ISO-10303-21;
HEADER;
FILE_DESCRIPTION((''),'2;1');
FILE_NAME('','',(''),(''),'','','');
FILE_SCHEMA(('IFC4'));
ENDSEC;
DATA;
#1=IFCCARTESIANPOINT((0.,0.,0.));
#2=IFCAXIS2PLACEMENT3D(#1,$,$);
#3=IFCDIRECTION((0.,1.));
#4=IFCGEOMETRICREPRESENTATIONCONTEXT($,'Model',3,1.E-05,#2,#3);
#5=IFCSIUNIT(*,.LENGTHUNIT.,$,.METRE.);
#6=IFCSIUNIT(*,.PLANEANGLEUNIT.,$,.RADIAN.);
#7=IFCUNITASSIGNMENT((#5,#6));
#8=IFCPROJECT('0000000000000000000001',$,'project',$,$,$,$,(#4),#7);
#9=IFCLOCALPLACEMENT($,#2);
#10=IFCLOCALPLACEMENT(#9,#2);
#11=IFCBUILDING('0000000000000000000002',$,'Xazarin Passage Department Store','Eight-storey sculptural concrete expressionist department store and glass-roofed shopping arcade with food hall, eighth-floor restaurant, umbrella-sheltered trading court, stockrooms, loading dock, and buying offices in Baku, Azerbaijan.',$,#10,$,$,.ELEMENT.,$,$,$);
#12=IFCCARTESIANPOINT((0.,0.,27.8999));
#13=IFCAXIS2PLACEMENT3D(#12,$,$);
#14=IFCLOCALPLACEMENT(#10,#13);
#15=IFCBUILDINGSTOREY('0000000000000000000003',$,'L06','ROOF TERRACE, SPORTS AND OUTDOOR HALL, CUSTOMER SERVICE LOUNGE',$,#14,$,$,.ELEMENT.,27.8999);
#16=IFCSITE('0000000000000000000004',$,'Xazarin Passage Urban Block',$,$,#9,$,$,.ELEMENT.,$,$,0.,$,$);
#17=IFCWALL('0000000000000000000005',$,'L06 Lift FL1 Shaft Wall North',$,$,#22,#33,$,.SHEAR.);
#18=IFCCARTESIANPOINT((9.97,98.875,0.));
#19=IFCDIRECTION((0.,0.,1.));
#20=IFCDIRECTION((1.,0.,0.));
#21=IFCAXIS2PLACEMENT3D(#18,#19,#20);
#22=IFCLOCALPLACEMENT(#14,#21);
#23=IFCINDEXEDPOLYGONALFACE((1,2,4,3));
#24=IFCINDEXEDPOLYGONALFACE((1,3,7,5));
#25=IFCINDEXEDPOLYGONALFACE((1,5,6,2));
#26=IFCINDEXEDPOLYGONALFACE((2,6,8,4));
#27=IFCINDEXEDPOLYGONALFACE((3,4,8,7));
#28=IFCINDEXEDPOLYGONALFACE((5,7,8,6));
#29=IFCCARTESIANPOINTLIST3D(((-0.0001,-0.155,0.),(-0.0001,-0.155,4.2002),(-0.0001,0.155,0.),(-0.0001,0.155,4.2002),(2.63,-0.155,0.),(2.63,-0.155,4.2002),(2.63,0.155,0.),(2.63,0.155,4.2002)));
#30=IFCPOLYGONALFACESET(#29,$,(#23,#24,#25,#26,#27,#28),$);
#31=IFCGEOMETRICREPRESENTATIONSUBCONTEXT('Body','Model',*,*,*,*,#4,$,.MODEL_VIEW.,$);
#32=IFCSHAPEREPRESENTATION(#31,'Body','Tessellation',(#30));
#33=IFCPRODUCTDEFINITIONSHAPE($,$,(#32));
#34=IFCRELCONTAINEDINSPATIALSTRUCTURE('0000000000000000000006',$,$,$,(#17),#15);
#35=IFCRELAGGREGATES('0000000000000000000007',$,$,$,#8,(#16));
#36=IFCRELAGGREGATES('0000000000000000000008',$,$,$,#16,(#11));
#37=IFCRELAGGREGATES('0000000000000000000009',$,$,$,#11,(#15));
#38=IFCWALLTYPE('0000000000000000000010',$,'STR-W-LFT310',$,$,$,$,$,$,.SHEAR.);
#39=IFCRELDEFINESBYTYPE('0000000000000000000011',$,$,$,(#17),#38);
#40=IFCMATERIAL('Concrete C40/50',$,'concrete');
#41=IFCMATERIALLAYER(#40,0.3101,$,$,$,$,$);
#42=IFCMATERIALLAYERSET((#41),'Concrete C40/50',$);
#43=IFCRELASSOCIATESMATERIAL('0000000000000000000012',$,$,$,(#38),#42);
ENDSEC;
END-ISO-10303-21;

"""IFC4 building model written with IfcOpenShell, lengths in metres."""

from ifc_helpers import new_model, si_unit, direction, frame, frame_2d, origin, place, context, subcontext, project, spatial, rectangle, extrude, material, layer, layer_set, type_object, element, save


model = new_model("IFC4")

# Units and contexts
model_context = context("Model", 3, precision=1e-05, world=origin(), true_north=direction((0.0, 1.0)))
body_context = subcontext(model_context, "Body", "Model", "MODEL_VIEW")
ifc_project = project(units=[si_unit("LENGTHUNIT", "METRE"), si_unit("PLANEANGLEUNIT", "RADIAN")], contexts=[model_context])

# Site, building, storey
site_placement = place(None, origin())
site = spatial("IfcSite", under=ifc_project, at=site_placement, Name="Xazarin Passage Urban Block", CompositionType="ELEMENT", RefElevation=0.0)
building_placement = place(site_placement, origin())
building = spatial("IfcBuilding", under=site, at=building_placement, Name="Xazarin Passage Department Store", Description="Eight-storey sculptural concrete expressionist department store and glass-roofed shopping arcade with food hall, eighth-floor restaurant, umbrella-sheltered trading court, stockrooms, loading dock, and buying offices in Baku, Azerbaijan.", CompositionType="ELEMENT")
storey_placement = place(building_placement, frame((0.0, 0.0, 27.8999)))
storey = spatial("IfcBuildingStorey", under=building, at=storey_placement, Name="L06", Description="ROOF TERRACE, SPORTS AND OUTDOOR HALL, CUSTOMER SERVICE LOUNGE", CompositionType="ELEMENT", Elevation=27.8999)

# Shared definitions
ifc_material_1 = material(Name="Concrete C40/50", Category="concrete")

# Shared definitions
ifc_layer_1 = layer(ifc_material_1, 0.3101)
ifc_layer_set_1 = layer_set([ifc_layer_1], Name="Concrete C40/50")
wall_type_1 = type_object("IfcWallType", Name="STR-W-LFT310", PredefinedType="SHEAR", material=ifc_layer_set_1)

# Wall
wall_1_placement = place(storey_placement, frame((9.97, 98.875, 0.0), z_axis=(0.0, 0.0, 1.0), x_axis=(1.0, 0.0, 0.0)))
element("IfcWall", 1, at=wall_1_placement, inside=storey, type_object=wall_type_1, Name="L06 Lift FL1 Shaft Wall North", PredefinedType="SHEAR", context=body_context, shape_type="SweptSolid", body=[
    extrude(rectangle(XDim=2.6301, YDim=0.3101, at=frame_2d((1.3149, 0.0))), origin(), (0.0, 0.0, 1.0), 4.2002),
])

save(model, "model.ifc")
